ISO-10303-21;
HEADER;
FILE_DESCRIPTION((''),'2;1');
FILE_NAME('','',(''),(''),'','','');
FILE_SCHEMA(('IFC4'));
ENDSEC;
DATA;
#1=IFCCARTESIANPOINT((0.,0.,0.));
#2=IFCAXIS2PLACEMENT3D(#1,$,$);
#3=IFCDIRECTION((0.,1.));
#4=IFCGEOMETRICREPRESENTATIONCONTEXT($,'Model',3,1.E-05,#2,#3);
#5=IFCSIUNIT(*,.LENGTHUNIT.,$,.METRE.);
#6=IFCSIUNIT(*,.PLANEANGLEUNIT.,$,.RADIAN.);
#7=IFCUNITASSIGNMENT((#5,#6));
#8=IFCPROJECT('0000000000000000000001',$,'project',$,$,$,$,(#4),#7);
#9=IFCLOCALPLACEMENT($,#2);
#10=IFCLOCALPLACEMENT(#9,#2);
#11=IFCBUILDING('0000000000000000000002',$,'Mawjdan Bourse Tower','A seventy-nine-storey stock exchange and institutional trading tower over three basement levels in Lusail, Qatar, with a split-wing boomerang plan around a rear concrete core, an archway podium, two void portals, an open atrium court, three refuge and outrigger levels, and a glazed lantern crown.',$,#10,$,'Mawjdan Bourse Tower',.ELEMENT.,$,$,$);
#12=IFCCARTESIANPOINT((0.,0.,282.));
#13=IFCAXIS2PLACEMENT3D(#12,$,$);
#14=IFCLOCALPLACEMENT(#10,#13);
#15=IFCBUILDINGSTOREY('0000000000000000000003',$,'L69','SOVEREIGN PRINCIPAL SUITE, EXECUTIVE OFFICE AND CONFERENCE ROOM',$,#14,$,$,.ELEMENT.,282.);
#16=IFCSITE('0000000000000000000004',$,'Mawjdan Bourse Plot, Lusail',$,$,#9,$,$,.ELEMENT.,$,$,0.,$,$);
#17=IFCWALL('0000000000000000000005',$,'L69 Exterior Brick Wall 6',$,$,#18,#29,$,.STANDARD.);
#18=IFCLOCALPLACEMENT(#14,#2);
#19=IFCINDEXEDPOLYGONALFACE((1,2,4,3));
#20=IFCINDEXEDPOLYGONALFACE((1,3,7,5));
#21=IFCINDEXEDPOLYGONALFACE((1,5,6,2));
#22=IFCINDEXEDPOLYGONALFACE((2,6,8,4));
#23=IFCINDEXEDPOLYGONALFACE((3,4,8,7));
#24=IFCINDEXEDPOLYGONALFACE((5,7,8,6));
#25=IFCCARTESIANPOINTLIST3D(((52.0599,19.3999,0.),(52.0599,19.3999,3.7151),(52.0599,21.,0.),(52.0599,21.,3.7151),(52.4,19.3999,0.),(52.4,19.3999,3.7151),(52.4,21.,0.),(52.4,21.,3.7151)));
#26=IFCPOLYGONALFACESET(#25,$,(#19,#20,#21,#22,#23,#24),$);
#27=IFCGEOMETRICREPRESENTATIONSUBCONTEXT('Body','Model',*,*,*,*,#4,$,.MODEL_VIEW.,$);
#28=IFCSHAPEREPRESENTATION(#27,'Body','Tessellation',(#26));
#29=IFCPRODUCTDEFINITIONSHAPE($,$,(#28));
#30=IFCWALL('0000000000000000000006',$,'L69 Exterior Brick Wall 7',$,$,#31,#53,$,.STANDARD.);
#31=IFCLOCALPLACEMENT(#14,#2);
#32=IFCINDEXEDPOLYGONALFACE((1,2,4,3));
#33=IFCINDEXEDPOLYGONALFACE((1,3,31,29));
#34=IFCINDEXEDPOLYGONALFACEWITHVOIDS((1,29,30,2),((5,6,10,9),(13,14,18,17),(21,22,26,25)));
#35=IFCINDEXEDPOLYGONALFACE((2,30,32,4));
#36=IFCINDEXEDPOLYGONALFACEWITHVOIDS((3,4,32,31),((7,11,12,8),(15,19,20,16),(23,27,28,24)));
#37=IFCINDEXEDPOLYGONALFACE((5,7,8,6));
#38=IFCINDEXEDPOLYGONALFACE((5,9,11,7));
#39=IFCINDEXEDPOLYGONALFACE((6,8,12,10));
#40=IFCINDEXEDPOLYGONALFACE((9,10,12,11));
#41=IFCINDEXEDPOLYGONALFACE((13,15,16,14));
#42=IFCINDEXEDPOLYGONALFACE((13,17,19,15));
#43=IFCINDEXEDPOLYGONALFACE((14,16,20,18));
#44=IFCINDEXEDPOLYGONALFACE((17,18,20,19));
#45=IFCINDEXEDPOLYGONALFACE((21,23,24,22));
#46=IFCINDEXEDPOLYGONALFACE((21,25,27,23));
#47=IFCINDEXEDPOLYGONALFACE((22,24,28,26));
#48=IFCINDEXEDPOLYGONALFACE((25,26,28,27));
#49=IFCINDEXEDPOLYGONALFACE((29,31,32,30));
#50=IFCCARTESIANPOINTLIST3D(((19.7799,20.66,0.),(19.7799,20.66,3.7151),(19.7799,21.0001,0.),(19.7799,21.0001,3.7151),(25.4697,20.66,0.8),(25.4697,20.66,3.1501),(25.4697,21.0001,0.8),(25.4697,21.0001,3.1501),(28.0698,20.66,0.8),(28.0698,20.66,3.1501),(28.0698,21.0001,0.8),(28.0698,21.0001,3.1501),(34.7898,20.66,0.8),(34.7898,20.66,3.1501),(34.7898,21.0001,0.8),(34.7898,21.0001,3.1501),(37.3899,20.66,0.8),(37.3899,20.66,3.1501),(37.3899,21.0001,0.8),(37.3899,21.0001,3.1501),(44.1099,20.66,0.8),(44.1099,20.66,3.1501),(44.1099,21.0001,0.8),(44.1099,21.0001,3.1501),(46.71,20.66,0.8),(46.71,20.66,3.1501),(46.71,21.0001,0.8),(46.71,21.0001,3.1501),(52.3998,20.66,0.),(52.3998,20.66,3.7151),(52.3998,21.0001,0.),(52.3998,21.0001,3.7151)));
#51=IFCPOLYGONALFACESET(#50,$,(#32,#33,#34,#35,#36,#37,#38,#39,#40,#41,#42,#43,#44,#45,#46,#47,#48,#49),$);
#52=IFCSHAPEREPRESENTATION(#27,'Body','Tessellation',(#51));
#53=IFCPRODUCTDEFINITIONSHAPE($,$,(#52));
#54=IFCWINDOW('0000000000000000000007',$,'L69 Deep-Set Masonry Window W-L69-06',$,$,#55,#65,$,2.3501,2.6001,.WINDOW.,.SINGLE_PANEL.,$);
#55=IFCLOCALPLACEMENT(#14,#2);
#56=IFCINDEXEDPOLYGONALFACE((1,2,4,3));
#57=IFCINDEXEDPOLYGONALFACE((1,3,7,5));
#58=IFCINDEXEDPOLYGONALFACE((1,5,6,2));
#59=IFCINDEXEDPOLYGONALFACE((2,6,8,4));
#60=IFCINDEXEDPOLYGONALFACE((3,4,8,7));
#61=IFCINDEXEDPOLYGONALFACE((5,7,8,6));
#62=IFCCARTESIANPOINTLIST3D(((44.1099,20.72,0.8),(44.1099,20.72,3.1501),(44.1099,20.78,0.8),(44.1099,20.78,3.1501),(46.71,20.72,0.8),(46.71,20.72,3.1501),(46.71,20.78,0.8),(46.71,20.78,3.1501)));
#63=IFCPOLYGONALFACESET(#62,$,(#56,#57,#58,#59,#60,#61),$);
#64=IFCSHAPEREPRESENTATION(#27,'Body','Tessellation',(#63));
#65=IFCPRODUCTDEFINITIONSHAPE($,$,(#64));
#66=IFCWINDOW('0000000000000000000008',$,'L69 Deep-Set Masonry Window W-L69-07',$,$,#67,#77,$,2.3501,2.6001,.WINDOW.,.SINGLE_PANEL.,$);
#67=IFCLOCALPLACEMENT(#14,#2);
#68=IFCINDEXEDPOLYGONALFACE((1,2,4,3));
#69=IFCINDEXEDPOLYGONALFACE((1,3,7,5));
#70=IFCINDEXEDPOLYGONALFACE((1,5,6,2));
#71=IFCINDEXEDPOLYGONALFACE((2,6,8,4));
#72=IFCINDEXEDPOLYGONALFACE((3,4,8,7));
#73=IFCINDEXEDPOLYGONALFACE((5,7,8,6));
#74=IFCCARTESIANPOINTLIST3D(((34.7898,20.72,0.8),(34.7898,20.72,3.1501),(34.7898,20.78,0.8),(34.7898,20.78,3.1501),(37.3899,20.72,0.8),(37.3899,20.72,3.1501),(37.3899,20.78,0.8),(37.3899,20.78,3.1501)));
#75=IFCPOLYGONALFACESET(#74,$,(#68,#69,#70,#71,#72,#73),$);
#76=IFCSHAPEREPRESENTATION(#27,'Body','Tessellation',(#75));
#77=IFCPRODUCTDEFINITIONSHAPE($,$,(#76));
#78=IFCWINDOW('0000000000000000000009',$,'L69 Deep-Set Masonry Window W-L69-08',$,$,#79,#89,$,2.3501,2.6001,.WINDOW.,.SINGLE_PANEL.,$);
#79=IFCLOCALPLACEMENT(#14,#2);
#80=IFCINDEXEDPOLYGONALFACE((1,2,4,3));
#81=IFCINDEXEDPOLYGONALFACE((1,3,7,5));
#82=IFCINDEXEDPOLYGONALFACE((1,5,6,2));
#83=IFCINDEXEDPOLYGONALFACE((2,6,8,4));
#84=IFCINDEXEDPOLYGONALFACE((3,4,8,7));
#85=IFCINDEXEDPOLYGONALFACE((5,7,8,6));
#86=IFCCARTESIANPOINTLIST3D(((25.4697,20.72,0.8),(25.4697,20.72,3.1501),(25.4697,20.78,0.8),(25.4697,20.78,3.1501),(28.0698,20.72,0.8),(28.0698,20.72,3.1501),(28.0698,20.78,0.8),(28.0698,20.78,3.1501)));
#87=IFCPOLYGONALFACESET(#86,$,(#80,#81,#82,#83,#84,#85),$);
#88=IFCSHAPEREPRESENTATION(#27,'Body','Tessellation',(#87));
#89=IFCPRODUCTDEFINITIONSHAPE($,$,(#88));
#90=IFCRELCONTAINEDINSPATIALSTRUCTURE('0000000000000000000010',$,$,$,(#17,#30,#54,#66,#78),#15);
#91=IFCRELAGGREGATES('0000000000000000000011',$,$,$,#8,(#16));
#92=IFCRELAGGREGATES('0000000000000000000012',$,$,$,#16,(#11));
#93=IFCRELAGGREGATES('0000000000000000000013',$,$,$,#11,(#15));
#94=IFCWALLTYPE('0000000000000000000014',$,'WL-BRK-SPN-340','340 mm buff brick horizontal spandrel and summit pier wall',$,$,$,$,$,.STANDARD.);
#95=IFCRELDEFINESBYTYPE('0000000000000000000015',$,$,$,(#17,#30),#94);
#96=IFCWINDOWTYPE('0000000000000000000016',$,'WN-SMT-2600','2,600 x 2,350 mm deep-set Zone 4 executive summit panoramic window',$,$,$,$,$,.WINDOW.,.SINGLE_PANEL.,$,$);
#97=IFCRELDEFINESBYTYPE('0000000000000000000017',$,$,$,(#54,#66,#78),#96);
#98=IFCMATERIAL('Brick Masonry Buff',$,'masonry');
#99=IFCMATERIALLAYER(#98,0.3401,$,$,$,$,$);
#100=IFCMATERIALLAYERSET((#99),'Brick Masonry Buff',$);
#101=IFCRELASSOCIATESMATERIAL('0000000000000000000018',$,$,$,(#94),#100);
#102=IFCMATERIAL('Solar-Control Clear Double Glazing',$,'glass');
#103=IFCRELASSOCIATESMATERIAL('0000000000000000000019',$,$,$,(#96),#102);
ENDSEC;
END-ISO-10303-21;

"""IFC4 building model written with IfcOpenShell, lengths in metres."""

from ifc_helpers import new_model, si_unit, direction, frame, frame_2d, origin, place, context, subcontext, project, spatial, rectangle, extrude, material, layer, layer_set, type_object, element, fill, save


model = new_model("IFC4")

# Units and contexts
model_context = context("Model", 3, precision=1e-05, world=origin(), true_north=direction((0.0, 1.0)))
body_context = subcontext(model_context, "Body", "Model", "MODEL_VIEW")
ifc_project = project(units=[si_unit("LENGTHUNIT", "METRE"), si_unit("PLANEANGLEUNIT", "RADIAN")], contexts=[model_context])

# Site, building, storey
site_placement = place(None, origin())
site = spatial("IfcSite", under=ifc_project, at=site_placement, Name="Mawjdan Bourse Plot, Lusail", CompositionType="ELEMENT", RefElevation=0.0)
building_placement = place(site_placement, origin())
building = spatial("IfcBuilding", under=site, at=building_placement, Name="Mawjdan Bourse Tower", Description="A seventy-nine-storey stock exchange and institutional trading tower over three basement levels in Lusail, Qatar, with a split-wing boomerang plan around a rear concrete core, an archway podium, two void portals, an open atrium court, three refuge and outrigger levels, and a glazed lantern crown.", LongName="Mawjdan Bourse Tower", CompositionType="ELEMENT")
storey_placement = place(building_placement, frame((0.0, 0.0, 282.0)))
storey = spatial("IfcBuildingStorey", under=building, at=storey_placement, Name="L69", Description="SOVEREIGN PRINCIPAL SUITE, EXECUTIVE OFFICE AND CONFERENCE ROOM", CompositionType="ELEMENT", Elevation=282.0)

# Shared definitions
ifc_material_1 = material(Name="Brick Masonry Buff", Category="masonry")
ifc_layer = layer(ifc_material_1, 0.3401)
ifc_layer_set = layer_set([ifc_layer], Name="Brick Masonry Buff")
wall_type = type_object("IfcWallType", Name="WL-BRK-SPN-340", Description="340 mm buff brick horizontal spandrel and summit pier wall", PredefinedType="STANDARD", material=ifc_layer_set)

# Shared definitions
ifc_material_2 = material(Name="Solar-Control Clear Double Glazing", Category="glass")

# Wall
for number, where, z_axis, x_axis, name in (
    (1, (52.23, 19.3999, 0.0), (0.0, 0.0, 1.0), (0.0, 1.0, 0.0), "L69 Exterior Brick Wall 6"),
):
    element("IfcWall", number, at=place(storey_placement, frame(where, z_axis=z_axis, x_axis=x_axis)), inside=storey, type_object=wall_type, Name=name, PredefinedType="STANDARD", context=body_context, shape_type="SweptSolid", body=[
        extrude(rectangle(XDim=1.6001, YDim=0.3401, at=frame_2d((0.8, 0.0))), origin(), (0.0, 0.0, 1.0), 3.7151),
    ])

# Wall, openings, windows
wall_1_placement = place(storey_placement, frame((52.3999, 20.8301, 0.0), z_axis=(0.0, 0.0, 1.0), x_axis=(-1.0, 0.0, 0.0)))
wall_1 = element("IfcWall", 2, at=wall_1_placement, inside=storey, type_object=wall_type, Name="L69 Exterior Brick Wall 7", PredefinedType="STANDARD", context=body_context, shape_type="SweptSolid", body=[
    extrude(rectangle(XDim=32.6199, YDim=0.3401, at=frame_2d((16.3101, 0.0))), origin(), (0.0, 0.0, 1.0), 3.7151),
])
opening_1_placement = place(wall_1_placement, frame((5.6899, 0.0, 0.8)))
opening_1 = element("IfcOpeningElement", 3, at=opening_1_placement, cuts=wall_1, PredefinedType="OPENING", context=body_context, shape_type="SweptSolid", body=[
    extrude(rectangle(XDim=2.6001, YDim=2.3501, at=frame_2d((1.3, 1.175))), frame((0.0, 0.1802, 0.0), z_axis=(0.0, -1.0, 0.0), x_axis=(1.0, 0.0, 0.0)), (0.0, 0.0, 1.0), 0.3601),
])
opening_2_placement = place(wall_1_placement, frame((15.01, 0.0, 0.8)))
opening_2 = element("IfcOpeningElement", 4, at=opening_2_placement, cuts=wall_1, PredefinedType="OPENING", context=body_context, shape_type="SweptSolid", body=[
    extrude(rectangle(XDim=2.6001, YDim=2.3501, at=frame_2d((1.3, 1.175))), frame((0.0, 0.1802, 0.0), z_axis=(0.0, -1.0, 0.0), x_axis=(1.0, 0.0, 0.0)), (0.0, 0.0, 1.0), 0.3601),
])
opening_3_placement = place(wall_1_placement, frame((24.3301, 0.0, 0.8)))
opening_3 = element("IfcOpeningElement", 5, at=opening_3_placement, cuts=wall_1, PredefinedType="OPENING", context=body_context, shape_type="SweptSolid", body=[
    extrude(rectangle(XDim=2.6001, YDim=2.3501, at=frame_2d((1.3, 1.175))), frame((0.0, 0.1802, 0.0), z_axis=(0.0, -1.0, 0.0), x_axis=(1.0, 0.0, 0.0)), (0.0, 0.0, 1.0), 0.3601),
])
window_type_1 = type_object("IfcWindowType", Name="WN-SMT-2600", Description="2,600 x 2,350 mm deep-set Zone 4 executive summit panoramic window", PartitioningType="SINGLE_PANEL", PredefinedType="WINDOW", material=ifc_material_2)
window_1_placement = place(opening_1_placement, origin())
window_1 = element("IfcWindow", 6, at=window_1_placement, inside=storey, type_object=window_type_1, Name="L69 Deep-Set Masonry Window W-L69-06", OverallHeight=2.3501, OverallWidth=2.6001, PartitioningType="SINGLE_PANEL", PredefinedType="WINDOW", context=body_context, shape_type="SweptSolid", body=[
    extrude(rectangle(XDim=2.6001, YDim=2.3501, at=frame_2d((1.3, 1.175))), frame((0.0, 0.1101, 0.0), z_axis=(0.0, -1.0, 0.0), x_axis=(1.0, 0.0, 0.0)), (0.0, 0.0, 1.0), 0.0601),
])
fill(opening_1, window_1)
window_2_placement = place(opening_2_placement, origin())
window_2 = element("IfcWindow", 7, at=window_2_placement, inside=storey, type_object=window_type_1, Name="L69 Deep-Set Masonry Window W-L69-07", OverallHeight=2.3501, OverallWidth=2.6001, PartitioningType="SINGLE_PANEL", PredefinedType="WINDOW", context=body_context, shape_type="SweptSolid", body=[
    extrude(rectangle(XDim=2.6001, YDim=2.3501, at=frame_2d((1.3, 1.175))), frame((0.0, 0.1101, 0.0), z_axis=(0.0, -1.0, 0.0), x_axis=(1.0, 0.0, 0.0)), (0.0, 0.0, 1.0), 0.0601),
])
fill(opening_2, window_2)
window_3_placement = place(opening_3_placement, origin())
window_3 = element("IfcWindow", 8, at=window_3_placement, inside=storey, type_object=window_type_1, Name="L69 Deep-Set Masonry Window W-L69-08", OverallHeight=2.3501, OverallWidth=2.6001, PartitioningType="SINGLE_PANEL", PredefinedType="WINDOW", context=body_context, shape_type="SweptSolid", body=[
    extrude(rectangle(XDim=2.6001, YDim=2.3501, at=frame_2d((1.3, 1.175))), frame((0.0, 0.1101, 0.0), z_axis=(0.0, -1.0, 0.0), x_axis=(1.0, 0.0, 0.0)), (0.0, 0.0, 1.0), 0.0601),
])
fill(opening_3, window_3)

save(model, "model.ifc")
